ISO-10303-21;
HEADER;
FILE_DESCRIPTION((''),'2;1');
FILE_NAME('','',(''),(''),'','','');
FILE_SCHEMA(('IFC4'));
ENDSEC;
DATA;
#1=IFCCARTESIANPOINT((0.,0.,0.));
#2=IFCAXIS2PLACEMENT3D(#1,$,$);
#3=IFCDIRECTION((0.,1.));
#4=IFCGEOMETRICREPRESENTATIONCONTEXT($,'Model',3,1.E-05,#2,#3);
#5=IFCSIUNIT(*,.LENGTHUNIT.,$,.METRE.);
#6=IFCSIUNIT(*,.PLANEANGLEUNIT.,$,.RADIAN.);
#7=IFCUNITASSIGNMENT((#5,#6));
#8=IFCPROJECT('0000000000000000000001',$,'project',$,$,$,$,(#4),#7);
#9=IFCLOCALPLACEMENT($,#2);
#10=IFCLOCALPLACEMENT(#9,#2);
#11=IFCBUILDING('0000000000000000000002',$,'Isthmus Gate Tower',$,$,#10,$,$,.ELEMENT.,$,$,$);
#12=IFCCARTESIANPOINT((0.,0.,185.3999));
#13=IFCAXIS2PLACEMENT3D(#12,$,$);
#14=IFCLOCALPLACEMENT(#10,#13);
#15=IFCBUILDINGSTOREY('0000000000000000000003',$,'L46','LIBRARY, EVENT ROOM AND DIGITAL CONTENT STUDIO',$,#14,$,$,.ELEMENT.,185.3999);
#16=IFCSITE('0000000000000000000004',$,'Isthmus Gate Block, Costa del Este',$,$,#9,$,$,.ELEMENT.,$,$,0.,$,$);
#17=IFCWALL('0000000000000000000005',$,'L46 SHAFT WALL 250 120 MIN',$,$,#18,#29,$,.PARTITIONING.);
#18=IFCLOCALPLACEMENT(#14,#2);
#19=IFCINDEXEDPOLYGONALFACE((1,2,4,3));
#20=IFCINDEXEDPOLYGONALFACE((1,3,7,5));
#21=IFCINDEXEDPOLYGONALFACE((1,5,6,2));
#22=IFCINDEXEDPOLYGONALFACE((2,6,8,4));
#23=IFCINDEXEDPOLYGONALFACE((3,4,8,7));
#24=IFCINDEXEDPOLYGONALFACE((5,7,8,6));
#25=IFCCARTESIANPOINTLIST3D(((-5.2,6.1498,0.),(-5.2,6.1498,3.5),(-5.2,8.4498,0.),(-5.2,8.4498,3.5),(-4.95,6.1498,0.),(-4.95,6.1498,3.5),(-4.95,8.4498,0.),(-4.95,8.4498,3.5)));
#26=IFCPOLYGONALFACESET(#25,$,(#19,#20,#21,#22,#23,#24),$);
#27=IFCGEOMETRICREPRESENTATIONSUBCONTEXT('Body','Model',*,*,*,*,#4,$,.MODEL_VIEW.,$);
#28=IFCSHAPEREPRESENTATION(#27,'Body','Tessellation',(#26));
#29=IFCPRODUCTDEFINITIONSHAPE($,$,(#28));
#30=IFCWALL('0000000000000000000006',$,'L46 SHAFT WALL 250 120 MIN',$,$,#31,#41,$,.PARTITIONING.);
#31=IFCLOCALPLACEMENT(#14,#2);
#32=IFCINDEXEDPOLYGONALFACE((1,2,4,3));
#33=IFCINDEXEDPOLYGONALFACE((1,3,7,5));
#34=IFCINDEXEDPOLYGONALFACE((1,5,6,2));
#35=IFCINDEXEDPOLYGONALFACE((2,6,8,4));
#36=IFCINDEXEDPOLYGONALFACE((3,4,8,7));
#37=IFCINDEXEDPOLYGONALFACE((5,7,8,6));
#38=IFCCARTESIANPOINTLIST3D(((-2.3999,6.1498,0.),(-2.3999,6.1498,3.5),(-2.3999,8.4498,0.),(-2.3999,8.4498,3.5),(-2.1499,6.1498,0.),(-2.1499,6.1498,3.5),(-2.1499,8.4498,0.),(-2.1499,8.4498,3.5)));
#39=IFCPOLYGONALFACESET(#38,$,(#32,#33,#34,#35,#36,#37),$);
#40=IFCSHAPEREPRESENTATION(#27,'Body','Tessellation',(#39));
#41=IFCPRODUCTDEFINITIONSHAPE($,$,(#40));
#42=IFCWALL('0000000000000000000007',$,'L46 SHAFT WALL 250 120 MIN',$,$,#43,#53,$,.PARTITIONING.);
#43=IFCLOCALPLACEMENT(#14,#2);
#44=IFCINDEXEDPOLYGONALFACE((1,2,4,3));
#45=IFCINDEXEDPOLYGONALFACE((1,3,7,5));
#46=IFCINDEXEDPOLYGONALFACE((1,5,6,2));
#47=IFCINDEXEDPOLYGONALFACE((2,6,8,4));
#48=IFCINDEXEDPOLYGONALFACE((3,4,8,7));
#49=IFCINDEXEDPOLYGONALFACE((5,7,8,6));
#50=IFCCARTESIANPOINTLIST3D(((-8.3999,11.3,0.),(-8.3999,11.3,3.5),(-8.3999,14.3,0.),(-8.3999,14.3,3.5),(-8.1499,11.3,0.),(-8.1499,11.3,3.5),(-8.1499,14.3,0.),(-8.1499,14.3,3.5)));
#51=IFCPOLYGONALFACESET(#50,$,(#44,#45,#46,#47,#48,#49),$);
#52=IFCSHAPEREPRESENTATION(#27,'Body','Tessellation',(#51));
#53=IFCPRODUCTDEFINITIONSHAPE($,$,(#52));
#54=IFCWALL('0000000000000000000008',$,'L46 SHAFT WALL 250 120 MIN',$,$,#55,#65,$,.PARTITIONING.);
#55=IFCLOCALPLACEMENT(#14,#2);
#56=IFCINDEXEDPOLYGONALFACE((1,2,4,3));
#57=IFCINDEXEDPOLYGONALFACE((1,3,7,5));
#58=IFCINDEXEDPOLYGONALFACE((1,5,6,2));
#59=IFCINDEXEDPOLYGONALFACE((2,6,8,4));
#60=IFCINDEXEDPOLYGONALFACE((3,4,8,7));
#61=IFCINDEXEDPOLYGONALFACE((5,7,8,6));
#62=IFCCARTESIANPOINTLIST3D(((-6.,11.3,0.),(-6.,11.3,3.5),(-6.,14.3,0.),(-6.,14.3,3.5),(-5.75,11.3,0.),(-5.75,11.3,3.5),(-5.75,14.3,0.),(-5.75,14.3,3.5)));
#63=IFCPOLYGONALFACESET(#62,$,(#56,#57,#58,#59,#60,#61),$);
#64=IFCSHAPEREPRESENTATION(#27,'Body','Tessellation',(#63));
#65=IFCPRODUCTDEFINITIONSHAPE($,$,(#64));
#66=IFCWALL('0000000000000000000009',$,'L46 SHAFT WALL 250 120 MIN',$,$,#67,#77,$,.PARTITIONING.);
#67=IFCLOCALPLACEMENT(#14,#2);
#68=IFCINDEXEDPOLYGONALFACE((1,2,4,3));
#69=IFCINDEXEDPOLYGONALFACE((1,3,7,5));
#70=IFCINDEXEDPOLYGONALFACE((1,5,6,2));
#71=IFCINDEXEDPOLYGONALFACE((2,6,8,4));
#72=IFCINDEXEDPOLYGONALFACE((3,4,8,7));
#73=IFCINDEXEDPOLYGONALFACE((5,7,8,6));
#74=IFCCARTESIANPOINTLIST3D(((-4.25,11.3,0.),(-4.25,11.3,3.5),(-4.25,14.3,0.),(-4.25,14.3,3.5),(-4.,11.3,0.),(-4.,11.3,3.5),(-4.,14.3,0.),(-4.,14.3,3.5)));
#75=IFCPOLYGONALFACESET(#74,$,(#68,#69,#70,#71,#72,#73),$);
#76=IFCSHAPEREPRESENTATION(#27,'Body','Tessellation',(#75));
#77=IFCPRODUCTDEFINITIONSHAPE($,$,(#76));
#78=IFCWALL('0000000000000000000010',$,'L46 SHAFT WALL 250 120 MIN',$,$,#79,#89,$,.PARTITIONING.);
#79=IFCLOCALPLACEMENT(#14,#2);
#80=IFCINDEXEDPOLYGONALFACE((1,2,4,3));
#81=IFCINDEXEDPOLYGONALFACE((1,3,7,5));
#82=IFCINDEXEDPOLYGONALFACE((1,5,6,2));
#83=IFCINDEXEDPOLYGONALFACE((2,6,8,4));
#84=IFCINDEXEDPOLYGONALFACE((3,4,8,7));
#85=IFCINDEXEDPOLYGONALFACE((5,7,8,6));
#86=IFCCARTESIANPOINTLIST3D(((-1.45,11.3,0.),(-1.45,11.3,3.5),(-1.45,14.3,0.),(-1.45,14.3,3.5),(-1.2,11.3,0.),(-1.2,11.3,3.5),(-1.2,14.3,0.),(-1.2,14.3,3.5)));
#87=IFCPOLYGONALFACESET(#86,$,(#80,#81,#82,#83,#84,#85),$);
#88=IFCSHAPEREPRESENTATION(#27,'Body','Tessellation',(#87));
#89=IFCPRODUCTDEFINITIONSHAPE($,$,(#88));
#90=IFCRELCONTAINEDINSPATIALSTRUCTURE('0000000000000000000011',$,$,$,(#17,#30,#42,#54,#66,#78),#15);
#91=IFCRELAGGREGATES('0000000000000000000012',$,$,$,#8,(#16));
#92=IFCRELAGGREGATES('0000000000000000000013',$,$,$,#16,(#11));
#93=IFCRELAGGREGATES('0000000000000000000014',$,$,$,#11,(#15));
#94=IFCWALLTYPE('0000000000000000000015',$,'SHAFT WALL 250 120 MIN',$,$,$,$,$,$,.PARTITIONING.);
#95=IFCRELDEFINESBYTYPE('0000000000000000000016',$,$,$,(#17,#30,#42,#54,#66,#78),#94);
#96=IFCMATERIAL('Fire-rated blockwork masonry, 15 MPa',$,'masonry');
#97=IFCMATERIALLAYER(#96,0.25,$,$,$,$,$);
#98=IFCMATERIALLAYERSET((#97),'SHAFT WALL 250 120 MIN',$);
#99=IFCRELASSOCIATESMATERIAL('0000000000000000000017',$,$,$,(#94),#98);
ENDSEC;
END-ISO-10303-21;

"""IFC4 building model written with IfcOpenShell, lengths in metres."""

from ifc_helpers import new_model, si_unit, direction, frame, frame_2d, origin, place, context, subcontext, project, spatial, rectangle, extrude, material, layer, layer_set, type_object, element, save


model = new_model("IFC4")

# Units and contexts
model_context = context("Model", 3, precision=1e-05, world=origin(), true_north=direction((0.0, 1.0)))
body_context = subcontext(model_context, "Body", "Model", "MODEL_VIEW")
ifc_project = project(units=[si_unit("LENGTHUNIT", "METRE"), si_unit("PLANEANGLEUNIT", "RADIAN")], contexts=[model_context])

# Site, building, storey
site_placement = place(None, origin())
site = spatial("IfcSite", under=ifc_project, at=site_placement, Name="Isthmus Gate Block, Costa del Este", CompositionType="ELEMENT", RefElevation=0.0)
building_placement = place(site_placement, origin())
building = spatial("IfcBuilding", under=site, at=building_placement, Name="Isthmus Gate Tower", CompositionType="ELEMENT")
storey_placement = place(building_placement, frame((0.0, 0.0, 185.3999)))
storey = spatial("IfcBuildingStorey", under=building, at=storey_placement, Name="L46", Description="LIBRARY, EVENT ROOM AND DIGITAL CONTENT STUDIO", CompositionType="ELEMENT", Elevation=185.3999)

# Walls
ifc_material_1 = material(Name="Fire-rated blockwork masonry, 15 MPa", Category="masonry")
ifc_layer_1 = layer(ifc_material_1, 0.25)
ifc_layer_set_1 = layer_set([ifc_layer_1], Name="SHAFT WALL 250 120 MIN")
wall_type_1 = type_object("IfcWallType", Name="SHAFT WALL 250 120 MIN", PredefinedType="PARTITIONING", material=ifc_layer_set_1)
for number, where, z_axis, x_axis, name in (
    (1, (-5.075, 6.1499, 0.0), (0.0, 0.0, 1.0), (0.0, 1.0, 0.0), "L46 SHAFT WALL 250 120 MIN"),
    (2, (-2.2749, 6.1499, 0.0), (0.0, 0.0, 1.0), (0.0, 1.0, 0.0), "L46 SHAFT WALL 250 120 MIN"),
):
    element("IfcWall", number, at=place(storey_placement, frame(where, z_axis=z_axis, x_axis=x_axis)), inside=storey, type_object=wall_type_1, Name=name, PredefinedType="PARTITIONING", context=body_context, shape_type="SweptSolid", body=[
        extrude(rectangle(XDim=2.3, YDim=0.25, at=frame_2d((1.1499, 0.0))), origin(), (0.0, 0.0, 1.0), 3.5),
    ])
for number, where, z_axis, x_axis, name in (
    (3, (-8.2749, 11.3, 0.0), (0.0, 0.0, 1.0), (0.0, 1.0, 0.0), "L46 SHAFT WALL 250 120 MIN"),
    (4, (-5.875, 11.3, 0.0), (0.0, 0.0, 1.0), (0.0, 1.0, 0.0), "L46 SHAFT WALL 250 120 MIN"),
    (5, (-4.125, 11.3, 0.0), (0.0, 0.0, 1.0), (0.0, 1.0, 0.0), "L46 SHAFT WALL 250 120 MIN"),
    (6, (-1.325, 11.3, 0.0), (0.0, 0.0, 1.0), (0.0, 1.0, 0.0), "L46 SHAFT WALL 250 120 MIN"),
):
    element("IfcWall", number, at=place(storey_placement, frame(where, z_axis=z_axis, x_axis=x_axis)), inside=storey, type_object=wall_type_1, Name=name, PredefinedType="PARTITIONING", context=body_context, shape_type="SweptSolid", body=[
        extrude(rectangle(XDim=3.0, YDim=0.25, at=frame_2d((1.5, 0.0))), origin(), (0.0, 0.0, 1.0), 3.5),
    ])

save(model, "model.ifc")
